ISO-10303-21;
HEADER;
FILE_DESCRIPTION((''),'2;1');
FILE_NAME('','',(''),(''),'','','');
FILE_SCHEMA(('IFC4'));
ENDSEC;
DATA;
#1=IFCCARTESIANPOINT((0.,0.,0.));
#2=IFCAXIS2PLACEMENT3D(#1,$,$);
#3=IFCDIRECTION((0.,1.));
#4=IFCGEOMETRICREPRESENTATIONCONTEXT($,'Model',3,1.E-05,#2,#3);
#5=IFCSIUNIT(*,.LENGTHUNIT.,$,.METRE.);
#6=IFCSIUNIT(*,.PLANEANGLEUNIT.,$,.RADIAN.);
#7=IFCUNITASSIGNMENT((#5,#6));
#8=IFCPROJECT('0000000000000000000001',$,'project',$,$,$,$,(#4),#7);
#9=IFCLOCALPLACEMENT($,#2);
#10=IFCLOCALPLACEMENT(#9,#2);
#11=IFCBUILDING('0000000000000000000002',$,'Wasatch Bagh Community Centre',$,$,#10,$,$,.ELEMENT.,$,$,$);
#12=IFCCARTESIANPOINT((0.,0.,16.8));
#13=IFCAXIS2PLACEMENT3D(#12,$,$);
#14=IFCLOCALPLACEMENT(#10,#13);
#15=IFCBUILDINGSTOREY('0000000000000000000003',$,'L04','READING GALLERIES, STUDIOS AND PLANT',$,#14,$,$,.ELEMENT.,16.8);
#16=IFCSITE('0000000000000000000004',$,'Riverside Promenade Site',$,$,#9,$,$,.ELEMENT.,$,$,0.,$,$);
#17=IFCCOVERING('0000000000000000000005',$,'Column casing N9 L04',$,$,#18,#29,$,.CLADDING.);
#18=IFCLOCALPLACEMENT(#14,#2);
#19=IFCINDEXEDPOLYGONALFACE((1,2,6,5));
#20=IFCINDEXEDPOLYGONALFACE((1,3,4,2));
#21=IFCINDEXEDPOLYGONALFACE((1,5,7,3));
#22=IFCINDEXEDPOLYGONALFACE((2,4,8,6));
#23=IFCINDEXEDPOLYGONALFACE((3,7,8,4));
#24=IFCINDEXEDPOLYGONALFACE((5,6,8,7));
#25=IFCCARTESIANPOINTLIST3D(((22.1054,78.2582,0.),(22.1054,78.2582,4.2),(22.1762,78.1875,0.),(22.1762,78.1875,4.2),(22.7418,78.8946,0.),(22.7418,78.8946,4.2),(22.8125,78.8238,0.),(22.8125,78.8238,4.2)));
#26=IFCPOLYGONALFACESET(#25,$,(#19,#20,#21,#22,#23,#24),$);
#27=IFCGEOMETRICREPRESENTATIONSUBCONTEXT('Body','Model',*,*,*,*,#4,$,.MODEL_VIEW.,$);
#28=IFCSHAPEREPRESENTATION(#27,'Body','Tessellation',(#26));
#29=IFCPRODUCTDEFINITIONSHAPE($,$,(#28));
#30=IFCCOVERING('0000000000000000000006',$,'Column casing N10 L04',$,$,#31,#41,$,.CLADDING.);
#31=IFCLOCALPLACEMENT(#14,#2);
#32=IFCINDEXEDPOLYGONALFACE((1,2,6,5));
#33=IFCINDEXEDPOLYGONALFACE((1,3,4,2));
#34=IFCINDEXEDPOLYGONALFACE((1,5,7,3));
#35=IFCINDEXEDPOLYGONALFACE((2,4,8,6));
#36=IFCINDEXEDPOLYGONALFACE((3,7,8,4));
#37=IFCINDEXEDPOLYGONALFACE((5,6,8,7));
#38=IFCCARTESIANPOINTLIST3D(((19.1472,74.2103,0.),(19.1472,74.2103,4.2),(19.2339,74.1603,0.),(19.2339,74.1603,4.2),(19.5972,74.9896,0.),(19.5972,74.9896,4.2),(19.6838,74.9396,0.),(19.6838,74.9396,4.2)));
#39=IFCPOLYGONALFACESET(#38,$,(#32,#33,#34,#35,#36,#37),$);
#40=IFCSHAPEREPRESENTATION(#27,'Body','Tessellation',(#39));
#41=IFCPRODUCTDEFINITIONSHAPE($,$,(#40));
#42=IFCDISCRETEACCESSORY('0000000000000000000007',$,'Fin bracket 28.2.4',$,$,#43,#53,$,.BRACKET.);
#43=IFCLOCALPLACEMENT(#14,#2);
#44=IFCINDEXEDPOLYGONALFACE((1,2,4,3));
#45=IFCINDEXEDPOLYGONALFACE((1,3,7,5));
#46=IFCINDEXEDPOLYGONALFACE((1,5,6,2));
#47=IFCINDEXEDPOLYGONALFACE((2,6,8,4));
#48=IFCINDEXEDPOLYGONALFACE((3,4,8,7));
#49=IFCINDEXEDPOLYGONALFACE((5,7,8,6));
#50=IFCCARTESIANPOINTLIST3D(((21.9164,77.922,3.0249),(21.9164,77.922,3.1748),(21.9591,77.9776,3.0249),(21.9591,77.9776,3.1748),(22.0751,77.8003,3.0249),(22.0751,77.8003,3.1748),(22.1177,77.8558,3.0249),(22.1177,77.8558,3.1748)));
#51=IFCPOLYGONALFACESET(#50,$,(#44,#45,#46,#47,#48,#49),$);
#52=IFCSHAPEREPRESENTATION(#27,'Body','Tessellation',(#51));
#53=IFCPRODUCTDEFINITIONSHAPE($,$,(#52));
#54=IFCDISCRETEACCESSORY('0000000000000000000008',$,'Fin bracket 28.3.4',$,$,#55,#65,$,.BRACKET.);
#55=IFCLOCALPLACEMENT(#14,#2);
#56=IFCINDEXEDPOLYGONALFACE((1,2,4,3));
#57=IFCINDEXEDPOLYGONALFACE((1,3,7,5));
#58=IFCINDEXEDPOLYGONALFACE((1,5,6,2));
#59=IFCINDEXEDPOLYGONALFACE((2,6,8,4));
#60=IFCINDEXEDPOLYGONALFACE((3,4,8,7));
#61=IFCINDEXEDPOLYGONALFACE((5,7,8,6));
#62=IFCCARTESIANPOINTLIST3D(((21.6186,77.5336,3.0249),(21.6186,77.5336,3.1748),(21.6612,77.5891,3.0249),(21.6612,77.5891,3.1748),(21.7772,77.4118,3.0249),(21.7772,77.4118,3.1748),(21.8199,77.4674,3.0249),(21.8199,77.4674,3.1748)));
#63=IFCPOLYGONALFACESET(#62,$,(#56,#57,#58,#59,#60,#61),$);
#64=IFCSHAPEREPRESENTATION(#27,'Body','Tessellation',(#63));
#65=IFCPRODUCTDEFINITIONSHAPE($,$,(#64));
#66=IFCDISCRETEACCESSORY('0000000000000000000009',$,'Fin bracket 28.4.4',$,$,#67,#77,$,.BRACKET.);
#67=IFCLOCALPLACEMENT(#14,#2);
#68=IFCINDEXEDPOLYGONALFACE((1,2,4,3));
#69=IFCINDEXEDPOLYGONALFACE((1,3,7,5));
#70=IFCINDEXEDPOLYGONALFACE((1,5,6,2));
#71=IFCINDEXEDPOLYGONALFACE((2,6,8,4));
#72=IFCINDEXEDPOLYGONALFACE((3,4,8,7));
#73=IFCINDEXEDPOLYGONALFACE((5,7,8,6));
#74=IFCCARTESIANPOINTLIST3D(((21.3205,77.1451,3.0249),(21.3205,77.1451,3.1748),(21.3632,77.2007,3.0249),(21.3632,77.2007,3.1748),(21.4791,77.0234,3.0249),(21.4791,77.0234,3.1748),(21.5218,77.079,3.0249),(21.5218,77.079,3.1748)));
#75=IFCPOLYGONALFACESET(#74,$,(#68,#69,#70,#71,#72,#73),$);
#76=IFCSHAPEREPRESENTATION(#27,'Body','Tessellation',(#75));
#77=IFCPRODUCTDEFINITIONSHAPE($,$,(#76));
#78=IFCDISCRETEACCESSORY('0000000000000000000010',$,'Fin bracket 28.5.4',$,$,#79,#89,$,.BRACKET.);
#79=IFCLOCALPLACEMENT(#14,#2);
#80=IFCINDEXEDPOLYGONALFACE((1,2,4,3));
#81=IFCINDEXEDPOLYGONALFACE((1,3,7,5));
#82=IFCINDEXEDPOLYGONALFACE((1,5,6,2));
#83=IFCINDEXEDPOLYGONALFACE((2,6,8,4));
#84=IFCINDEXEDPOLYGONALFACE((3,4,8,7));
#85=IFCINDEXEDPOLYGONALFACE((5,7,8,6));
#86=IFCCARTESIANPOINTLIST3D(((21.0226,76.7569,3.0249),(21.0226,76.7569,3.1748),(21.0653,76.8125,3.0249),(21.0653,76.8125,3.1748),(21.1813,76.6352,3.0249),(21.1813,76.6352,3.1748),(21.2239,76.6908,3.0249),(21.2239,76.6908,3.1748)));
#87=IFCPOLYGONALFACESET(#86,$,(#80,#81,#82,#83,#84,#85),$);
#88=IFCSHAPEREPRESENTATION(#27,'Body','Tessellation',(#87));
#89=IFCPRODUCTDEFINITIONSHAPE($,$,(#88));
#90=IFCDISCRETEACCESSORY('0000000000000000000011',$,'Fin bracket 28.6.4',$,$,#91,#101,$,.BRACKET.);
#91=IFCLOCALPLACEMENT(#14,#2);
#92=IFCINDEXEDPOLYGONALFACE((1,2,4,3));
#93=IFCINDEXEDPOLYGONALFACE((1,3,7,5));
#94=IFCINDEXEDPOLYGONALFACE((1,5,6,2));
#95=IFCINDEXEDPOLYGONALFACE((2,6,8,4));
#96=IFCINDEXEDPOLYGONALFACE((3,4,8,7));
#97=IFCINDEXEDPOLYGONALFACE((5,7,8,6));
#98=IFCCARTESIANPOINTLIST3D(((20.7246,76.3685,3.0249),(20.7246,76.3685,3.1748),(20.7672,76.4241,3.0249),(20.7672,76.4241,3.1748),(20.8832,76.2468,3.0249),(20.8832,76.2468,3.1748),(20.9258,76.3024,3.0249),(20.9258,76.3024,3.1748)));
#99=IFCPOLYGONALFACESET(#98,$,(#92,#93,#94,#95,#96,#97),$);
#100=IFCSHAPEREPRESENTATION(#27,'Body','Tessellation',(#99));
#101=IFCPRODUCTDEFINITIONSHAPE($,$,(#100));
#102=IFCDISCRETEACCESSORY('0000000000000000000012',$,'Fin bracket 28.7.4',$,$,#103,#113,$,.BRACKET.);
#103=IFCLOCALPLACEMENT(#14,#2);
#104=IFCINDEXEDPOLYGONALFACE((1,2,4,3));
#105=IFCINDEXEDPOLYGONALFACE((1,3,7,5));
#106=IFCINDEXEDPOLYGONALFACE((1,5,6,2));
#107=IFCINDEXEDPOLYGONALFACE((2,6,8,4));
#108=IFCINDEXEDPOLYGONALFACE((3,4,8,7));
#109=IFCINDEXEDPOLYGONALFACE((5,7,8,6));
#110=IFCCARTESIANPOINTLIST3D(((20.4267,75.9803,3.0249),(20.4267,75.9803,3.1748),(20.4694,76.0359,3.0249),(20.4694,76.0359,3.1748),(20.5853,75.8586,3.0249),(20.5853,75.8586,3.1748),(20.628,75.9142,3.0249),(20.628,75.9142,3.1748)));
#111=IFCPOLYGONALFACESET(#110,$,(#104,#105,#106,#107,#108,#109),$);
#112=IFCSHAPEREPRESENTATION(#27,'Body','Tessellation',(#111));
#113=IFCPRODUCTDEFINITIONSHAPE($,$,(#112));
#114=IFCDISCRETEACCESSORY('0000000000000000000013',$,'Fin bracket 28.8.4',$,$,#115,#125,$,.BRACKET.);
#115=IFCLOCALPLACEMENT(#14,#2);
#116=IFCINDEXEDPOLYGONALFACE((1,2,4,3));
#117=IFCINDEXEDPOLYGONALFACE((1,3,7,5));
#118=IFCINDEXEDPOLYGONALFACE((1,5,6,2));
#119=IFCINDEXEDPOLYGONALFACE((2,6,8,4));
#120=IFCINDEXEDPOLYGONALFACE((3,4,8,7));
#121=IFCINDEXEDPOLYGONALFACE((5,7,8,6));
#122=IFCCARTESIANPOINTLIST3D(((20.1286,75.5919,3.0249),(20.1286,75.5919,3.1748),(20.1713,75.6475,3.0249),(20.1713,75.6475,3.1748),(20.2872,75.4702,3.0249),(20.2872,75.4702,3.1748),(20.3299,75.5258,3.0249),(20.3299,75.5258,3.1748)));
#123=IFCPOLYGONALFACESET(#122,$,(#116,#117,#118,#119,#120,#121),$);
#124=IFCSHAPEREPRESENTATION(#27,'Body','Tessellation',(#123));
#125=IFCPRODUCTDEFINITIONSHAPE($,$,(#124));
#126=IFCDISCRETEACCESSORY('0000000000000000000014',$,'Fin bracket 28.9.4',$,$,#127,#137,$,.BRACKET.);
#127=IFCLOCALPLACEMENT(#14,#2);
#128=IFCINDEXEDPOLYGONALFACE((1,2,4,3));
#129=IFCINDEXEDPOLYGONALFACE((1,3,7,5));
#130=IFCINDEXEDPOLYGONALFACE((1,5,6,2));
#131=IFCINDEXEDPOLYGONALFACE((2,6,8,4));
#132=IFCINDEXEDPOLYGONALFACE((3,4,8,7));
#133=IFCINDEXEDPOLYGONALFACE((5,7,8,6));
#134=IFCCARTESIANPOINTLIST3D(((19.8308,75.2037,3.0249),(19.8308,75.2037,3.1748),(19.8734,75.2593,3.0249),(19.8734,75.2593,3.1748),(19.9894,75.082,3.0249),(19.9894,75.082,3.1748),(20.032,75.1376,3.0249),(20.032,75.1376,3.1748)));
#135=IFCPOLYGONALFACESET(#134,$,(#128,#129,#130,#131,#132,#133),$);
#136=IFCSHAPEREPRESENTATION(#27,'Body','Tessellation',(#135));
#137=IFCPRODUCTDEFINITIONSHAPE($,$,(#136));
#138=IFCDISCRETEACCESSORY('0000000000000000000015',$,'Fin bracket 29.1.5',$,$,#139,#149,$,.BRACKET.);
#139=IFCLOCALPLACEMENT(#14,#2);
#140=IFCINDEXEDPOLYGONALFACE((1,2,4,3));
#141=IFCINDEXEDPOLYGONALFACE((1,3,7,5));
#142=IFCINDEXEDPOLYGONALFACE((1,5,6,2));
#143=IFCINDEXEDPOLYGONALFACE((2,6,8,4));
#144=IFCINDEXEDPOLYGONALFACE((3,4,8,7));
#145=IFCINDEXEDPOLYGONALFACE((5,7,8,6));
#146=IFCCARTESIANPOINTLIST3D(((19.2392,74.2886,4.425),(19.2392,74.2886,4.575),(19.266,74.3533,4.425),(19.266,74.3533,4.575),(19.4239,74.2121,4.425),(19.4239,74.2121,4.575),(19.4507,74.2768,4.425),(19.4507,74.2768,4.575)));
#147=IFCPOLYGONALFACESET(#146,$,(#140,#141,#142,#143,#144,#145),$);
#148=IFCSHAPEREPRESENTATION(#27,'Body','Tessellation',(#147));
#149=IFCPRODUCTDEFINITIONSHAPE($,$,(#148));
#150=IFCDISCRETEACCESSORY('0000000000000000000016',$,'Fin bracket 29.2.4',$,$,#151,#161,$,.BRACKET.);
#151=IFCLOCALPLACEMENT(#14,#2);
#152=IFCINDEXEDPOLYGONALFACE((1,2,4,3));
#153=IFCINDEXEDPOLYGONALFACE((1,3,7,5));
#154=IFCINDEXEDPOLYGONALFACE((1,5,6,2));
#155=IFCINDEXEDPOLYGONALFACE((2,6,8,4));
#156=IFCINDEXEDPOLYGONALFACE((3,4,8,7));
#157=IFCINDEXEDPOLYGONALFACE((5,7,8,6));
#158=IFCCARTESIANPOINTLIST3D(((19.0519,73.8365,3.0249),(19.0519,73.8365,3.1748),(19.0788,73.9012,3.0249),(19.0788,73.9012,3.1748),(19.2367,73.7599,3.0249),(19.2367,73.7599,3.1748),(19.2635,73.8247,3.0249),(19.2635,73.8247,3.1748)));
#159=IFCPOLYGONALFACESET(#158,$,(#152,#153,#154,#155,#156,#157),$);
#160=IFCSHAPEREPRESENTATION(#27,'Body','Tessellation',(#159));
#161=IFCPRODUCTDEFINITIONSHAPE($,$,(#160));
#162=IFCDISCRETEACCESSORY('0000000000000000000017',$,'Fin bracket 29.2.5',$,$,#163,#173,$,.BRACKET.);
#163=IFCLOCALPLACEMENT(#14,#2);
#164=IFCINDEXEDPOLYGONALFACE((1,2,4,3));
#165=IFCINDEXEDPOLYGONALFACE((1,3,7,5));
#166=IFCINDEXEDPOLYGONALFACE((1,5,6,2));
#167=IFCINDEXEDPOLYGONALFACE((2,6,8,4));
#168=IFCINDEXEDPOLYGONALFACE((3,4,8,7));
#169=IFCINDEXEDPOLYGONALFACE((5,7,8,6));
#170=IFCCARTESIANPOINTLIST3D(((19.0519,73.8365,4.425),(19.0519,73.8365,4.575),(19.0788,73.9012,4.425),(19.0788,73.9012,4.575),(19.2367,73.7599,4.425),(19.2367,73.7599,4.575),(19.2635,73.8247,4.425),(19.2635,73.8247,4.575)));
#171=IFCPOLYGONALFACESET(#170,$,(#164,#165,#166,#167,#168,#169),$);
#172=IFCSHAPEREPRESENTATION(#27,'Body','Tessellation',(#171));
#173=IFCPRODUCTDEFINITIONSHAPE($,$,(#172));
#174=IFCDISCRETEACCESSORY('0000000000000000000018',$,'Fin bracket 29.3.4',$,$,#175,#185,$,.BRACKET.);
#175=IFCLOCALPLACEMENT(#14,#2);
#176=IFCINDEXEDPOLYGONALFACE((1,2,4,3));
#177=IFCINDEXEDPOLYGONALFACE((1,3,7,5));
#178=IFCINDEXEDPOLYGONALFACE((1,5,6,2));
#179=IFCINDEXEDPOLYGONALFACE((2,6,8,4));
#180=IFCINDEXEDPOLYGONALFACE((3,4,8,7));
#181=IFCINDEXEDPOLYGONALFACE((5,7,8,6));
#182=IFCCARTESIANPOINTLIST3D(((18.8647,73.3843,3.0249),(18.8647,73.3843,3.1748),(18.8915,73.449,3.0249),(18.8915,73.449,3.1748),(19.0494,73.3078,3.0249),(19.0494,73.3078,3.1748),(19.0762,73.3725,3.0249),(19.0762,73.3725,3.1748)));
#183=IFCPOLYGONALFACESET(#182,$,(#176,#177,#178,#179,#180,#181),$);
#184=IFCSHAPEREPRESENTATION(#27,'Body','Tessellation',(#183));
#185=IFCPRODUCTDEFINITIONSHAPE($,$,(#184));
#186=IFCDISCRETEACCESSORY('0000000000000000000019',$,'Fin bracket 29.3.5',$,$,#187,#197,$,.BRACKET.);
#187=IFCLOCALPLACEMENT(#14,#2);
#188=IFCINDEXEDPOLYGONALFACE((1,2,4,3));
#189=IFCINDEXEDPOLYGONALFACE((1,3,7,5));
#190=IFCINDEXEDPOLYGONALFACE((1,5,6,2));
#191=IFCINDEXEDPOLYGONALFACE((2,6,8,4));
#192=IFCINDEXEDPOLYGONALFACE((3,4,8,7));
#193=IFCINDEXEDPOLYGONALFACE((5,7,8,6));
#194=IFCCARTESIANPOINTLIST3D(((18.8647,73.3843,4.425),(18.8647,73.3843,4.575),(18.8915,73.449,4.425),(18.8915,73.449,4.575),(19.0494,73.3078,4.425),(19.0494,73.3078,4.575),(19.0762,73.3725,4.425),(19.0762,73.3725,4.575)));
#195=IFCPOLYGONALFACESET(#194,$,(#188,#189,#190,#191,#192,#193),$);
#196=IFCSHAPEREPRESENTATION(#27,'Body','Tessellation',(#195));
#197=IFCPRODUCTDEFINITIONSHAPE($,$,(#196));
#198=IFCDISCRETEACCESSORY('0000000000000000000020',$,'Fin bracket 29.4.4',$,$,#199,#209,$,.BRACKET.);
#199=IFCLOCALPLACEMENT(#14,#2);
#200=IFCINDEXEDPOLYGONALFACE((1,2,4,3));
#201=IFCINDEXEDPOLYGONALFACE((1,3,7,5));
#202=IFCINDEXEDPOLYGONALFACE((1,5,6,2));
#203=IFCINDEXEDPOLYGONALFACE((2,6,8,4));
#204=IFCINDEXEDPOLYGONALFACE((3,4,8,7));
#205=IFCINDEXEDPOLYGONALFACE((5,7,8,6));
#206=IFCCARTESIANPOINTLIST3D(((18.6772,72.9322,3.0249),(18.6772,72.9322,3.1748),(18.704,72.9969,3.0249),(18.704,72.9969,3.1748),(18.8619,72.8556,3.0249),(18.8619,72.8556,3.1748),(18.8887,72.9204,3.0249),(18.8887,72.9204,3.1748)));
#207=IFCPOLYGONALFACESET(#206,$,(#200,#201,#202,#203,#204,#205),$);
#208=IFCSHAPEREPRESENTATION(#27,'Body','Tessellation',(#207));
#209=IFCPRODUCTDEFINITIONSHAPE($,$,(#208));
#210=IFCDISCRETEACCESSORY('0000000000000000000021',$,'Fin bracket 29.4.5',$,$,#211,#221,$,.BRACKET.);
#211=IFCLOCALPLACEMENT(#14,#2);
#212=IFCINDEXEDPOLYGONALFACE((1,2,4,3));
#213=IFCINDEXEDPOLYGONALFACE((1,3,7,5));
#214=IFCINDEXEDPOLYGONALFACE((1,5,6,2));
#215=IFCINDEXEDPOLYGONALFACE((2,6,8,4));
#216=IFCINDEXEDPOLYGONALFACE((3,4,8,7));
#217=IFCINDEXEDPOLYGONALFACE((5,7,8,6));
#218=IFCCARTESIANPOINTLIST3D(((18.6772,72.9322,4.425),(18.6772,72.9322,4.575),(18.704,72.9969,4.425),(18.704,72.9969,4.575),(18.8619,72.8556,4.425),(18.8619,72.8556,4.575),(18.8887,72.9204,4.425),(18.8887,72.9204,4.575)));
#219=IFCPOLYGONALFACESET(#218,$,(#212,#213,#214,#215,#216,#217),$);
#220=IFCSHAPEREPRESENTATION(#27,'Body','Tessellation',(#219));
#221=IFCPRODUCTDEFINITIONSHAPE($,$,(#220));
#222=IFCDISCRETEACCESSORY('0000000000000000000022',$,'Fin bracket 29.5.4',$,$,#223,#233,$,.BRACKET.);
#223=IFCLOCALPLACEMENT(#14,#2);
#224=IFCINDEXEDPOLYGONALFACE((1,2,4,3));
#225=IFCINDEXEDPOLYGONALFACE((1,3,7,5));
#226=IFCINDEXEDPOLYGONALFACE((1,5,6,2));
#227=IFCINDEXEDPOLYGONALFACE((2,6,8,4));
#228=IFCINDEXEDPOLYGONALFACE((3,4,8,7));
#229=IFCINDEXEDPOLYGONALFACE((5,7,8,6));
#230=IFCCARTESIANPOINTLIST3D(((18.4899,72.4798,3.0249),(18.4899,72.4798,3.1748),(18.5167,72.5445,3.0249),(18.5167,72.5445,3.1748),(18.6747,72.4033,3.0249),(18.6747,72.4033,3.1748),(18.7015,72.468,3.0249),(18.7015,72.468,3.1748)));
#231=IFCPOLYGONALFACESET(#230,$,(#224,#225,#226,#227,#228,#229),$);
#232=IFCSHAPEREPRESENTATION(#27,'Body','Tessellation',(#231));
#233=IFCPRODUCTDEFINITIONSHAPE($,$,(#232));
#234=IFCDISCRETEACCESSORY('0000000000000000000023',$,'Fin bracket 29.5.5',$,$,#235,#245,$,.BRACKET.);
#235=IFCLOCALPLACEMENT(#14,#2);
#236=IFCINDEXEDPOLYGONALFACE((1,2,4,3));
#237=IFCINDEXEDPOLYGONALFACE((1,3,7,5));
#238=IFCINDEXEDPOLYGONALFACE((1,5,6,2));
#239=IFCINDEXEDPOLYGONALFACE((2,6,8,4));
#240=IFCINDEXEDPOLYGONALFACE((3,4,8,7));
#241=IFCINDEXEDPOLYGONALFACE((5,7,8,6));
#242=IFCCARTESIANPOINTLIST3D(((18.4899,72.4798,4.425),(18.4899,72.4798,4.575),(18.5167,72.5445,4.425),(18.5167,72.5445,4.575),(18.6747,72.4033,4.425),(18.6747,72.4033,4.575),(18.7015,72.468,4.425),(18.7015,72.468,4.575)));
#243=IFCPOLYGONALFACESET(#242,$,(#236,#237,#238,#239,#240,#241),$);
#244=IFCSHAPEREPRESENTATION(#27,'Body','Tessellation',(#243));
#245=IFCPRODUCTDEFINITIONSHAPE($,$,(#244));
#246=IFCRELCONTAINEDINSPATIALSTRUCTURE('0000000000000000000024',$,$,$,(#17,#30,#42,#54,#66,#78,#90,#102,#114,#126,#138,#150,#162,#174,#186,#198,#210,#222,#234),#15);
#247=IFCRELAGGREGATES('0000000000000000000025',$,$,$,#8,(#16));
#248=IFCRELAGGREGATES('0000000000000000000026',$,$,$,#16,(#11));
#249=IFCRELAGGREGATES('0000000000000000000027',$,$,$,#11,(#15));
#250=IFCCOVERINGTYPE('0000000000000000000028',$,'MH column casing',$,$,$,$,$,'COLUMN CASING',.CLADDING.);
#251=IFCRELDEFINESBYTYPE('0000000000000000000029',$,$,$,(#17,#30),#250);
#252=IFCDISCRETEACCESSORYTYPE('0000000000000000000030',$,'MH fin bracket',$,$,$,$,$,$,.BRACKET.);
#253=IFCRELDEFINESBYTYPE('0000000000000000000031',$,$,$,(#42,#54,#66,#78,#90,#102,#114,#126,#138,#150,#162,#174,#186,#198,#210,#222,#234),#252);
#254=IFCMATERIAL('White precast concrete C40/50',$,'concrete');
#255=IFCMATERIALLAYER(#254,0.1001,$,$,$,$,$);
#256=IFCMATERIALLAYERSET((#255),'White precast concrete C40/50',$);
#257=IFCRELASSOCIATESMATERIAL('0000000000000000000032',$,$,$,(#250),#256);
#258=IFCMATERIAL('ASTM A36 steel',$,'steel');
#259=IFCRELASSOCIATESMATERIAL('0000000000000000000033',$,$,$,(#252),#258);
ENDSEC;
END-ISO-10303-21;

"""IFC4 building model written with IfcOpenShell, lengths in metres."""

from ifc_helpers import new_model, si_unit, direction, frame, origin, origin_2d, place, context, subcontext, project, spatial, rectangle, extrude, material, layer, layer_set, type_object, element, save


model = new_model("IFC4")

# Units and contexts
model_context = context("Model", 3, precision=1e-05, world=origin(), true_north=direction((0.0, 1.0)))
body_context = subcontext(model_context, "Body", "Model", "MODEL_VIEW")
ifc_project = project(units=[si_unit("LENGTHUNIT", "METRE"), si_unit("PLANEANGLEUNIT", "RADIAN")], contexts=[model_context])

# Site, building, storey
site_placement = place(None, origin())
site = spatial("IfcSite", under=ifc_project, at=site_placement, Name="Riverside Promenade Site", CompositionType="ELEMENT", RefElevation=0.0)
building_placement = place(site_placement, origin())
building = spatial("IfcBuilding", under=site, at=building_placement, Name="Wasatch Bagh Community Centre", CompositionType="ELEMENT")
storey_placement = place(building_placement, frame((0.0, 0.0, 16.8)))
storey = spatial("IfcBuildingStorey", under=building, at=storey_placement, Name="L04", Description="READING GALLERIES, STUDIOS AND PLANT", CompositionType="ELEMENT", Elevation=16.8)

# Coverings
ifc_material_1 = material(Name="White precast concrete C40/50", Category="concrete")
ifc_layer_1 = layer(ifc_material_1, 0.1001)
ifc_layer_set_1 = layer_set([ifc_layer_1], Name="White precast concrete C40/50")
covering_type = type_object("IfcCoveringType", Name="MH column casing", ElementType="COLUMN CASING", PredefinedType="CLADDING", material=ifc_layer_set_1)
for number, where, z_axis, x_axis, name in (
    (1, (22.459, 78.541, 0.0), (0.0, 0.0, 1.0), (-0.707107, -0.707107, 0.0), "Column casing N9 L04"),
    (2, (19.4155, 74.575, 0.0), (0.0, 0.0, 1.0), (-0.5, -0.866025, 0.0), "Column casing N10 L04"),
):
    element("IfcCovering", number, at=place(storey_placement, frame(where, z_axis=z_axis, x_axis=x_axis)), inside=storey, type_object=covering_type, Name=name, PredefinedType="CLADDING", context=body_context, shape_type="SweptSolid", body=[
        extrude(rectangle(XDim=0.8999, YDim=0.1001, at=origin_2d()), origin(), (0.0, 0.0, 1.0), 4.2),
    ])

# Discrete accessories
ifc_material_2 = material(Name="ASTM A36 steel", Category="steel")
discrete_accessory_type = type_object("IfcDiscreteAccessoryType", Name="MH fin bracket", PredefinedType="BRACKET", material=ifc_material_2)
for number, where, z_axis, x_axis, name in (
    (3, (22.0171, 77.8889, 3.0249), (0.0, 0.0, 1.0), (-0.608761, -0.793353, 0.0), "Fin bracket 28.2.4"),
    (4, (21.7192, 77.5005, 3.0249), (0.0, 0.0, 1.0), (-0.608761, -0.793353, 0.0), "Fin bracket 28.3.4"),
    (5, (21.4211, 77.1121, 3.0249), (0.0, 0.0, 1.0), (-0.608761, -0.793353, 0.0), "Fin bracket 28.4.4"),
    (6, (21.1233, 76.7239, 3.0249), (0.0, 0.0, 1.0), (-0.608761, -0.793353, 0.0), "Fin bracket 28.5.4"),
    (7, (20.8252, 76.3354, 3.0249), (0.0, 0.0, 1.0), (-0.608761, -0.793353, 0.0), "Fin bracket 28.6.4"),
    (8, (20.5273, 75.9473, 3.0249), (0.0, 0.0, 1.0), (-0.608761, -0.793353, 0.0), "Fin bracket 28.7.4"),
    (9, (20.2292, 75.5588, 3.0249), (0.0, 0.0, 1.0), (-0.608761, -0.793353, 0.0), "Fin bracket 28.8.4"),
    (10, (19.9314, 75.1707, 3.0249), (0.0, 0.0, 1.0), (-0.608761, -0.793353, 0.0), "Fin bracket 28.9.4"),
    (11, (19.345, 74.2827, 4.425), (0.0, 0.0, 1.0), (-0.382683, -0.92388, 0.0), "Fin bracket 29.1.5"),
    (12, (19.1577, 73.8306, 3.0249), (0.0, 0.0, 1.0), (-0.382683, -0.92388, 0.0), "Fin bracket 29.2.4"),
    (13, (19.1577, 73.8306, 4.425), (0.0, 0.0, 1.0), (-0.382683, -0.92388, 0.0), "Fin bracket 29.2.5"),
    (14, (18.9705, 73.3784, 3.0249), (0.0, 0.0, 1.0), (-0.382683, -0.92388, 0.0), "Fin bracket 29.3.4"),
    (15, (18.9705, 73.3784, 4.425), (0.0, 0.0, 1.0), (-0.382683, -0.92388, 0.0), "Fin bracket 29.3.5"),
    (16, (18.783, 72.9263, 3.0249), (0.0, 0.0, 1.0), (-0.382683, -0.92388, 0.0), "Fin bracket 29.4.4"),
    (17, (18.783, 72.9263, 4.425), (0.0, 0.0, 1.0), (-0.382683, -0.92388, 0.0), "Fin bracket 29.4.5"),
    (18, (18.5957, 72.4739, 3.0249), (0.0, 0.0, 1.0), (-0.382683, -0.92388, 0.0), "Fin bracket 29.5.4"),
    (19, (18.5957, 72.4739, 4.425), (0.0, 0.0, 1.0), (-0.382683, -0.92388, 0.0), "Fin bracket 29.5.5"),
):
    element("IfcDiscreteAccessory", number, at=place(storey_placement, frame(where, z_axis=z_axis, x_axis=x_axis)), inside=storey, type_object=discrete_accessory_type, Name=name, PredefinedType="BRACKET", context=body_context, shape_type="SweptSolid", body=[
        extrude(rectangle(XDim=0.0701, YDim=0.2, at=origin_2d()), origin(), (0.0, 0.0, 1.0), 0.1499),
    ])

save(model, "model.ifc")
